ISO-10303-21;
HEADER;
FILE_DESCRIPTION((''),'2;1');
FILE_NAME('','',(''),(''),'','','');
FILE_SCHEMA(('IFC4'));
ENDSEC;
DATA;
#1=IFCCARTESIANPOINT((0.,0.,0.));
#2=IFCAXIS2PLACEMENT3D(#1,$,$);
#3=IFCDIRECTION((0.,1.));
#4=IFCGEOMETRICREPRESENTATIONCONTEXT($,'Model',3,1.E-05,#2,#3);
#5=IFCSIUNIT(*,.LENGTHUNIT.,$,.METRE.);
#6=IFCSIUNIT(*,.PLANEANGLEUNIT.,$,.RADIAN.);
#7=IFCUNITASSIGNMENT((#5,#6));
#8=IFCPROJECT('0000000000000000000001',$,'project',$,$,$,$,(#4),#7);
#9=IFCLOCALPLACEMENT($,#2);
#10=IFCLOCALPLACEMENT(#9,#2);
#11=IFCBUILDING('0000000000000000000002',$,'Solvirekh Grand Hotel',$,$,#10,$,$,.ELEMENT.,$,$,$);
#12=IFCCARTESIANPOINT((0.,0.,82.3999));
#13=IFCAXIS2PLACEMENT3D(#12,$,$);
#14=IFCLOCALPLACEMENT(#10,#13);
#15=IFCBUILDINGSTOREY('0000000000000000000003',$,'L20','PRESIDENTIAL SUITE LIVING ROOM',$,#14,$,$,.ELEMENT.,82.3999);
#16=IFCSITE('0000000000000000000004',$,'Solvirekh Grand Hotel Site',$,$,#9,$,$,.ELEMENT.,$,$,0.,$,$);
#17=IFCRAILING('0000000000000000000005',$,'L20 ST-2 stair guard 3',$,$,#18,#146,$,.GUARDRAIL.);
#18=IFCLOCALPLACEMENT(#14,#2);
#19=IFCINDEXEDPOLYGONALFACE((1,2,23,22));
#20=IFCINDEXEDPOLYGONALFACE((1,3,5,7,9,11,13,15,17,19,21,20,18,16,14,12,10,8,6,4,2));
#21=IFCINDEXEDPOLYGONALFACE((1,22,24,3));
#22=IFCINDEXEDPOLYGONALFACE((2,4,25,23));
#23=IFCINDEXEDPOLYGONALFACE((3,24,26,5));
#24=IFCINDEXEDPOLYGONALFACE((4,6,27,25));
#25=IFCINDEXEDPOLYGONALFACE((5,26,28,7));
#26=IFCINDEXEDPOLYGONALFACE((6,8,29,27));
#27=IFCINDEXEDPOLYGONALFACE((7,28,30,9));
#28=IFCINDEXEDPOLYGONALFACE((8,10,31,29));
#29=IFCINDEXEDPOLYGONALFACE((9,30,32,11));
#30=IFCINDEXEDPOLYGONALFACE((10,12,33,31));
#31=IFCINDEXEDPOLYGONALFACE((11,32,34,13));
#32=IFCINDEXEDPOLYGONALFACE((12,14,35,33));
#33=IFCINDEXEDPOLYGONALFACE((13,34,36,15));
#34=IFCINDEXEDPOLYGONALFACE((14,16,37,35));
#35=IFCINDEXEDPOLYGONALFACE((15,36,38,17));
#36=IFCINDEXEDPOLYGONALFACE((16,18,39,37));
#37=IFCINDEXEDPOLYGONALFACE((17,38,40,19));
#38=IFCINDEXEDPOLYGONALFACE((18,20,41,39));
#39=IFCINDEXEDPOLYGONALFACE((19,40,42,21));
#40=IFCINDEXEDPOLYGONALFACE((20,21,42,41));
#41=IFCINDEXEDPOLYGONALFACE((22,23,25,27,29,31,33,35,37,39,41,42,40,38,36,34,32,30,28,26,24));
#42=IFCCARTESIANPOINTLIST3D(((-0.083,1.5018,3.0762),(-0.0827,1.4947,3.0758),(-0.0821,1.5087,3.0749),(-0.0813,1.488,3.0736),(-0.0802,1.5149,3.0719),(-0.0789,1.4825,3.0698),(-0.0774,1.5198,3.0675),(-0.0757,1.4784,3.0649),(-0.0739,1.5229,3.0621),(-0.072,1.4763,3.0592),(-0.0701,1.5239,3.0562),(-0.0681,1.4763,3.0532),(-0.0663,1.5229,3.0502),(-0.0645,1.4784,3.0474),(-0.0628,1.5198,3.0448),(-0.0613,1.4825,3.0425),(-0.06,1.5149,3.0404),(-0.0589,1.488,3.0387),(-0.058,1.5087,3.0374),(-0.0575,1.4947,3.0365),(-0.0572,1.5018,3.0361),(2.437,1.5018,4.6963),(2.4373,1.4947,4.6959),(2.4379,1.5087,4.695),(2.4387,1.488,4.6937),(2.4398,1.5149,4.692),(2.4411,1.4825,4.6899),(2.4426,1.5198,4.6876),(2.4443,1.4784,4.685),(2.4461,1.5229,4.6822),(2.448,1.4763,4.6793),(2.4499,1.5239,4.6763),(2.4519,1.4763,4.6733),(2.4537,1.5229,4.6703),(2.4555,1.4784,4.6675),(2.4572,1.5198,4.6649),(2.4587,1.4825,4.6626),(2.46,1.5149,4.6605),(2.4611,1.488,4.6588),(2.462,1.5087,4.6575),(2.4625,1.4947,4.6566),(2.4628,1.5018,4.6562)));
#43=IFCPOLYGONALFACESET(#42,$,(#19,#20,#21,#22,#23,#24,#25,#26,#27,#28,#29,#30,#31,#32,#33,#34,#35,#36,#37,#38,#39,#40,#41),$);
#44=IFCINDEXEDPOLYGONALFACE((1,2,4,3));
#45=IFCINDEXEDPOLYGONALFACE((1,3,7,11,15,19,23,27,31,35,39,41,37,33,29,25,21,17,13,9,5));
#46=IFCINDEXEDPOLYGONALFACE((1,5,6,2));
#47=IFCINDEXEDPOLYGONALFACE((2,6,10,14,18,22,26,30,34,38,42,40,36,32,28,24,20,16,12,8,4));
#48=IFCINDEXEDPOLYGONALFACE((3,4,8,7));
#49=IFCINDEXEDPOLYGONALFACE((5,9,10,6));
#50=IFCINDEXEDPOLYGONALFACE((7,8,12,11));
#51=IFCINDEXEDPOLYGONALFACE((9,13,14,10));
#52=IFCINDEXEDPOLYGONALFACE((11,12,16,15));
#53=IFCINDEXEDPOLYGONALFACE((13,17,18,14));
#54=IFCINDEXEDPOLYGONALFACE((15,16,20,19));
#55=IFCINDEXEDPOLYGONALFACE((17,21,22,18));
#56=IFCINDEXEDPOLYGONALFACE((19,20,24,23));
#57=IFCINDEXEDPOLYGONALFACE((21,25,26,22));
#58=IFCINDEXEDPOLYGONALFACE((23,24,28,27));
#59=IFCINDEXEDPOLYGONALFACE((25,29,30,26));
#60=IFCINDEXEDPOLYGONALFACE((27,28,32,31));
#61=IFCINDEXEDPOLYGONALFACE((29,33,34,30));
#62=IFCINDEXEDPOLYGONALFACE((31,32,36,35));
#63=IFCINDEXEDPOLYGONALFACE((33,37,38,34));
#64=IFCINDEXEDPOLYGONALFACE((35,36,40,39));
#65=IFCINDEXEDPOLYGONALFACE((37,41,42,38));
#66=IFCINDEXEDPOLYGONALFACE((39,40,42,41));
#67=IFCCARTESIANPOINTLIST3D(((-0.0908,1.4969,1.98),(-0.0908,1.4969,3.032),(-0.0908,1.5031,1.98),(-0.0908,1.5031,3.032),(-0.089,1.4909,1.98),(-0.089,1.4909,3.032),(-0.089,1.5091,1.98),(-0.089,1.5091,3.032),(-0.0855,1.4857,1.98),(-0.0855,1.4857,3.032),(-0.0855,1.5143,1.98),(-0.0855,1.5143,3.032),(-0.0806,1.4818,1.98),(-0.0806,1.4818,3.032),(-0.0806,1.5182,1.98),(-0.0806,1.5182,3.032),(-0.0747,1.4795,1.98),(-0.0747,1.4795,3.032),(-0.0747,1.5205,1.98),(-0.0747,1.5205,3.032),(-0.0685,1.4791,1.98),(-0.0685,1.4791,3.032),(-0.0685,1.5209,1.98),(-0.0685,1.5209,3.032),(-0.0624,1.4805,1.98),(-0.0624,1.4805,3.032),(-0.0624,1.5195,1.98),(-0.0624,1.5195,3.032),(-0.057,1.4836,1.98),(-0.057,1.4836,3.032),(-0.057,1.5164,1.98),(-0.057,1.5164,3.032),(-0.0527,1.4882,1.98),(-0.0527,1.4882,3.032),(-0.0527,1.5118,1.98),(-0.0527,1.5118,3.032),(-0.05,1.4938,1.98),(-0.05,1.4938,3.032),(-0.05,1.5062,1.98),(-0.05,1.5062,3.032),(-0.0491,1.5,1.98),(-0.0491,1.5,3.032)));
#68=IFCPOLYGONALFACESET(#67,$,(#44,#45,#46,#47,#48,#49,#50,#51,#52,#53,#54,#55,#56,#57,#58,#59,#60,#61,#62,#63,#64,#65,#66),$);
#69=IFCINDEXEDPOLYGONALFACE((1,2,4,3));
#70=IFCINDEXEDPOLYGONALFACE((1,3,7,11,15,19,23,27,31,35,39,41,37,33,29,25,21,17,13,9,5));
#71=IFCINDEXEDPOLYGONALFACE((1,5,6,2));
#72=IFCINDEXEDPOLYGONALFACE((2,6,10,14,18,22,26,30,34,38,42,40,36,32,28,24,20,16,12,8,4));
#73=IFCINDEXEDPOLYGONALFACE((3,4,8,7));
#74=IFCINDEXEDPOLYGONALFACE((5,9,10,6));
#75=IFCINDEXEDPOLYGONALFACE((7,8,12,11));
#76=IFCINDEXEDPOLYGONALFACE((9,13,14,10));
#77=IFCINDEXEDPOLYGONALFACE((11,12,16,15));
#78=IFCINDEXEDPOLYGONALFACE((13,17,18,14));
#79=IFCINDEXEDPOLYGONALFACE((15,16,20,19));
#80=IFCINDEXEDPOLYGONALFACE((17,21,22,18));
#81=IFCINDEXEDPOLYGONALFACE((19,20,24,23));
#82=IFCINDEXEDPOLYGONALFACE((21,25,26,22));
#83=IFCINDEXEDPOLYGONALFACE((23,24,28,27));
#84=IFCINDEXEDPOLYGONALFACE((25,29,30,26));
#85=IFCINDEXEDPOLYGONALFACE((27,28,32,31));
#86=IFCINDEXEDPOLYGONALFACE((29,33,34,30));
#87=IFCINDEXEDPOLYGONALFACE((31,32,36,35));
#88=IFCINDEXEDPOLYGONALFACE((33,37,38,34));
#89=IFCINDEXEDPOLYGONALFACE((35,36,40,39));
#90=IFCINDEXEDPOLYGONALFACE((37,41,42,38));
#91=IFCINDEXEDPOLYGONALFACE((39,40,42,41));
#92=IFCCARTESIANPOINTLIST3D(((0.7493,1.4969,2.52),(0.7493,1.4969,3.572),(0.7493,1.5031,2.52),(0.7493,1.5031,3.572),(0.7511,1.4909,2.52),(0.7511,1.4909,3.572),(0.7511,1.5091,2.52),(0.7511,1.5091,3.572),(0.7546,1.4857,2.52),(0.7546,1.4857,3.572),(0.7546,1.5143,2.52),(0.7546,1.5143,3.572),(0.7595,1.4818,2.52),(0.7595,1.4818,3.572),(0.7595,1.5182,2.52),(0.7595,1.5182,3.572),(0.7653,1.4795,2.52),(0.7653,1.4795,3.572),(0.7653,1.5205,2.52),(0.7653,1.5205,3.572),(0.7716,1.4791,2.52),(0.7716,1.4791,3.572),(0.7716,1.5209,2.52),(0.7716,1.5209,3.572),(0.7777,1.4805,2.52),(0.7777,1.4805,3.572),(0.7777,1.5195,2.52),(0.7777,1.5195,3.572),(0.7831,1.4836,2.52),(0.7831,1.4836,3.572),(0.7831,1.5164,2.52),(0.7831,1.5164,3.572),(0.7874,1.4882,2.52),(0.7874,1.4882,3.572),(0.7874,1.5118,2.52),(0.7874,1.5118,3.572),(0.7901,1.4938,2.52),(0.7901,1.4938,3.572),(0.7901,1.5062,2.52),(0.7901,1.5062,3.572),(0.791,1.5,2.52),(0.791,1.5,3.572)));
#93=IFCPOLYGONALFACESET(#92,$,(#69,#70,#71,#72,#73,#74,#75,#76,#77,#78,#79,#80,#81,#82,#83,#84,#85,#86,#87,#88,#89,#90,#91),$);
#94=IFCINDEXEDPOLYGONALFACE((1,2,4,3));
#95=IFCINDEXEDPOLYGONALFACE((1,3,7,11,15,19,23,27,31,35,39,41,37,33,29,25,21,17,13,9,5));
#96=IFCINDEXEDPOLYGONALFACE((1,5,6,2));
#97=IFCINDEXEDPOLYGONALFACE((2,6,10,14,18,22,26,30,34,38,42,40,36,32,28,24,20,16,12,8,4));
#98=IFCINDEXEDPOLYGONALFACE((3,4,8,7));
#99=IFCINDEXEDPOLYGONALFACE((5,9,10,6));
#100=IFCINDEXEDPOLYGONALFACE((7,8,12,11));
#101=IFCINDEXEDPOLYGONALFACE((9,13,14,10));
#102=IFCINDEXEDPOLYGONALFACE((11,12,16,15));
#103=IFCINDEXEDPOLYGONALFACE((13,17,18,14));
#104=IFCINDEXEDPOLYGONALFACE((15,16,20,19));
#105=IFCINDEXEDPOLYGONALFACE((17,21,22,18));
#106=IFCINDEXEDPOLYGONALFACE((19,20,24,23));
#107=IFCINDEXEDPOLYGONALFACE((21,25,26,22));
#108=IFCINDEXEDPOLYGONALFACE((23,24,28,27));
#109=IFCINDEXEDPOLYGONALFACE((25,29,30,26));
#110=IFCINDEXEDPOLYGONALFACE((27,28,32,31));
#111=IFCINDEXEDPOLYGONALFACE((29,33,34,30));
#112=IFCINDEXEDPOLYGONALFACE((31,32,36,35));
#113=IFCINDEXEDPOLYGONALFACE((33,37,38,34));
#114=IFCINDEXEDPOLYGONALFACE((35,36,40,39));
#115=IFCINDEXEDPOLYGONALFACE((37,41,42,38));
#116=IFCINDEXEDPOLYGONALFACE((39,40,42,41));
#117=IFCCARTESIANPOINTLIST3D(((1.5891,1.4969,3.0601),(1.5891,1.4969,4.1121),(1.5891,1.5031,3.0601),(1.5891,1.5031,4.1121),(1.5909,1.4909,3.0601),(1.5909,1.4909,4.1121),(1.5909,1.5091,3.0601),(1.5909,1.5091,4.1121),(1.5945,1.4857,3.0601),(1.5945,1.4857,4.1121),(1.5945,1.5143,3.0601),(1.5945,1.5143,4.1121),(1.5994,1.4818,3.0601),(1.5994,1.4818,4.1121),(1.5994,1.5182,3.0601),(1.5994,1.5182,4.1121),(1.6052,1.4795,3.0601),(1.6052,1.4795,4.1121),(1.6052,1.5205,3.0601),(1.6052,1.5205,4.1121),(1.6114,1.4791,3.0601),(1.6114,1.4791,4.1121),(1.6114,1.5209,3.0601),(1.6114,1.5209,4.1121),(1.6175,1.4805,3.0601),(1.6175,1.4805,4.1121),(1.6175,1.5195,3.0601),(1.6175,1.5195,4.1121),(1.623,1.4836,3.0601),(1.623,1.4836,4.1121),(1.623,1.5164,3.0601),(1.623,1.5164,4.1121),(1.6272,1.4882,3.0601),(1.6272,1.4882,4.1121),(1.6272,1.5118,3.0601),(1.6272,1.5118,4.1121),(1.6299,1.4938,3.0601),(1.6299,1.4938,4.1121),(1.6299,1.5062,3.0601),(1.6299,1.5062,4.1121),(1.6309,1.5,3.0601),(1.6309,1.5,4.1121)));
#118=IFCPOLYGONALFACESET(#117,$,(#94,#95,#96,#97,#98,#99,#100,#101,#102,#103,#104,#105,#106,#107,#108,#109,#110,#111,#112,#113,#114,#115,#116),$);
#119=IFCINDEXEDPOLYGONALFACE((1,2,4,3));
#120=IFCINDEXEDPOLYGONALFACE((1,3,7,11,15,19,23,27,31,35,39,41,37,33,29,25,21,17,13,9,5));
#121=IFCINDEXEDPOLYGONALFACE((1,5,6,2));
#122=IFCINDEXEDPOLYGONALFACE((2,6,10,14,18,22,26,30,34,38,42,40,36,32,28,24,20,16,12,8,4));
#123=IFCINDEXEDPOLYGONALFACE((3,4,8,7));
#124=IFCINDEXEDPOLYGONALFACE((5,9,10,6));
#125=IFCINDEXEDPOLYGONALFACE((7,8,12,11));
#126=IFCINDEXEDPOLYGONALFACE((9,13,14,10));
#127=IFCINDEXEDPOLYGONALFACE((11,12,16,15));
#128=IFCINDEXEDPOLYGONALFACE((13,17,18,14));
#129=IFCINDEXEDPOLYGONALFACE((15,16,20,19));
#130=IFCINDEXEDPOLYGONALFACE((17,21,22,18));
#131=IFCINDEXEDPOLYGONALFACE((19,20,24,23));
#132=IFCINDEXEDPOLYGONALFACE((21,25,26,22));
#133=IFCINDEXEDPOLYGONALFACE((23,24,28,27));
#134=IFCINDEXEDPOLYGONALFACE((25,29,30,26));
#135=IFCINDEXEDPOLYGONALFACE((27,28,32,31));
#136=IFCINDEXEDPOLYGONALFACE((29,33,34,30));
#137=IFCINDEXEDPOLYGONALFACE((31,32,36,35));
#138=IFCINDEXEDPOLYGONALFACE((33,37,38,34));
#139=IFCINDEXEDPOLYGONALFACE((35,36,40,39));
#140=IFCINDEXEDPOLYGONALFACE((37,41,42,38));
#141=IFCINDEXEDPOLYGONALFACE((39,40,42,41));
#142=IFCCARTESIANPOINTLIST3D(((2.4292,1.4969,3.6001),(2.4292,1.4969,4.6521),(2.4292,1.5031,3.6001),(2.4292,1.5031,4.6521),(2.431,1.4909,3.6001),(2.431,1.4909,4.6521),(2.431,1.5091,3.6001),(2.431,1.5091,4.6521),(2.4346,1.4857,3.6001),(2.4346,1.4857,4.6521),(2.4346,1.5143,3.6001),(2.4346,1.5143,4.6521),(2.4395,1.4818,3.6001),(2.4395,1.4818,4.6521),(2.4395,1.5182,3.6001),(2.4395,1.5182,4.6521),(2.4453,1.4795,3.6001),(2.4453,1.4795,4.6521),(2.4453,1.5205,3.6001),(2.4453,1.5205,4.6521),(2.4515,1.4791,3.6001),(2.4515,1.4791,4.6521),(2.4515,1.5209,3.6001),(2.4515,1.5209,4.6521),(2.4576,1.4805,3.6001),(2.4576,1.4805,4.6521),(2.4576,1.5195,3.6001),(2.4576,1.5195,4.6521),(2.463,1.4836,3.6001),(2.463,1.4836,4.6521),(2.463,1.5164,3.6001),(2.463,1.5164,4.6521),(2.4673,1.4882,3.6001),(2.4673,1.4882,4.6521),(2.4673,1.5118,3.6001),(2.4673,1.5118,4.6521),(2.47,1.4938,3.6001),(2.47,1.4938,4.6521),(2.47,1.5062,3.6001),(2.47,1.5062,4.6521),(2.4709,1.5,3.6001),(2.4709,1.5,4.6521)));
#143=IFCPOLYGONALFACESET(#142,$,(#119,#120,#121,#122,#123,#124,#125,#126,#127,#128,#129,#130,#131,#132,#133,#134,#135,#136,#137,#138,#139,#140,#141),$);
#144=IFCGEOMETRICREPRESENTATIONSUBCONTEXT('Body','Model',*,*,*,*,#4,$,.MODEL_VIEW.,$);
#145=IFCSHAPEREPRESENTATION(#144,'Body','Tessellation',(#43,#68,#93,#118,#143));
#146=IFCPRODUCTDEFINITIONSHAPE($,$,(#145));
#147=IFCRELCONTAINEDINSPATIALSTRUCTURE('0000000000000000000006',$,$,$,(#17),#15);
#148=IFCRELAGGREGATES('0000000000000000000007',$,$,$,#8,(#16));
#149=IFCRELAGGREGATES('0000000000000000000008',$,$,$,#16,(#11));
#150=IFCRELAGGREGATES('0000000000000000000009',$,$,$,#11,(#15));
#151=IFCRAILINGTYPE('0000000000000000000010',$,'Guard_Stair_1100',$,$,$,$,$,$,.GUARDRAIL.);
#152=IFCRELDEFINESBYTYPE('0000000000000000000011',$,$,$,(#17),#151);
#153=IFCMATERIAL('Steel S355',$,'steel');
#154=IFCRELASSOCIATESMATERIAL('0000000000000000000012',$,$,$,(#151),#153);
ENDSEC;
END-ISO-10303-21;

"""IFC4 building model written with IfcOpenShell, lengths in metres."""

from ifc_helpers import new_model, si_unit, direction, frame, origin, origin_2d, place, context, subcontext, project, spatial, circle, extrude, material, type_object, element, save


model = new_model("IFC4")

# Units and contexts
model_context = context("Model", 3, precision=1e-05, world=origin(), true_north=direction((0.0, 1.0)))
body_context = subcontext(model_context, "Body", "Model", "MODEL_VIEW")
ifc_project = project(units=[si_unit("LENGTHUNIT", "METRE"), si_unit("PLANEANGLEUNIT", "RADIAN")], contexts=[model_context])

# Site, building, storey
site_placement = place(None, origin())
site = spatial("IfcSite", under=ifc_project, at=site_placement, Name="Solvirekh Grand Hotel Site", CompositionType="ELEMENT", RefElevation=0.0)
building_placement = place(site_placement, origin())
building = spatial("IfcBuilding", under=site, at=building_placement, Name="Solvirekh Grand Hotel", CompositionType="ELEMENT")
storey_placement = place(building_placement, frame((0.0, 0.0, 82.3999)))
storey = spatial("IfcBuildingStorey", under=building, at=storey_placement, Name="L20", Description="PRESIDENTIAL SUITE LIVING ROOM", CompositionType="ELEMENT", Elevation=82.3999)

# Shared definitions
ifc_material_1 = material(Name="Steel S355", Category="steel")

# Railing
railing_type_1 = type_object("IfcRailingType", Name="Guard_Stair_1100", PredefinedType="GUARDRAIL", material=ifc_material_1)
railing_1_placement = place(storey_placement, frame((-0.0701, 1.5, 1.98)))
element("IfcRailing", 1, at=railing_1_placement, inside=storey, type_object=railing_type_1, Name="L20 ST-2 stair guard 3", PredefinedType="GUARDRAIL", context=body_context, shape_type="SweptSolid", body=[
    extrude(circle(Radius=0.0239, at=origin_2d()), frame((0.0, 0.0, 1.0762), z_axis=(0.841163, 0.0, 0.540782), x_axis=(0.0, 1.0, 0.0)), (0.0, 0.0, 1.0), 2.9958),
    extrude(circle(Radius=0.021, at=origin_2d()), origin(), (0.0, 0.0, 1.0), 1.052),
    extrude(circle(Radius=0.021, at=origin_2d()), frame((0.8401, 0.0, 0.54)), (0.0, 0.0, 1.0), 1.052),
    extrude(circle(Radius=0.021, at=origin_2d()), frame((1.6799, 0.0, 1.0801)), (0.0, 0.0, 1.0), 1.052),
    extrude(circle(Radius=0.021, at=origin_2d()), frame((2.52, 0.0, 1.6201)), (0.0, 0.0, 1.0), 1.052),
])

save(model, "model.ifc")
